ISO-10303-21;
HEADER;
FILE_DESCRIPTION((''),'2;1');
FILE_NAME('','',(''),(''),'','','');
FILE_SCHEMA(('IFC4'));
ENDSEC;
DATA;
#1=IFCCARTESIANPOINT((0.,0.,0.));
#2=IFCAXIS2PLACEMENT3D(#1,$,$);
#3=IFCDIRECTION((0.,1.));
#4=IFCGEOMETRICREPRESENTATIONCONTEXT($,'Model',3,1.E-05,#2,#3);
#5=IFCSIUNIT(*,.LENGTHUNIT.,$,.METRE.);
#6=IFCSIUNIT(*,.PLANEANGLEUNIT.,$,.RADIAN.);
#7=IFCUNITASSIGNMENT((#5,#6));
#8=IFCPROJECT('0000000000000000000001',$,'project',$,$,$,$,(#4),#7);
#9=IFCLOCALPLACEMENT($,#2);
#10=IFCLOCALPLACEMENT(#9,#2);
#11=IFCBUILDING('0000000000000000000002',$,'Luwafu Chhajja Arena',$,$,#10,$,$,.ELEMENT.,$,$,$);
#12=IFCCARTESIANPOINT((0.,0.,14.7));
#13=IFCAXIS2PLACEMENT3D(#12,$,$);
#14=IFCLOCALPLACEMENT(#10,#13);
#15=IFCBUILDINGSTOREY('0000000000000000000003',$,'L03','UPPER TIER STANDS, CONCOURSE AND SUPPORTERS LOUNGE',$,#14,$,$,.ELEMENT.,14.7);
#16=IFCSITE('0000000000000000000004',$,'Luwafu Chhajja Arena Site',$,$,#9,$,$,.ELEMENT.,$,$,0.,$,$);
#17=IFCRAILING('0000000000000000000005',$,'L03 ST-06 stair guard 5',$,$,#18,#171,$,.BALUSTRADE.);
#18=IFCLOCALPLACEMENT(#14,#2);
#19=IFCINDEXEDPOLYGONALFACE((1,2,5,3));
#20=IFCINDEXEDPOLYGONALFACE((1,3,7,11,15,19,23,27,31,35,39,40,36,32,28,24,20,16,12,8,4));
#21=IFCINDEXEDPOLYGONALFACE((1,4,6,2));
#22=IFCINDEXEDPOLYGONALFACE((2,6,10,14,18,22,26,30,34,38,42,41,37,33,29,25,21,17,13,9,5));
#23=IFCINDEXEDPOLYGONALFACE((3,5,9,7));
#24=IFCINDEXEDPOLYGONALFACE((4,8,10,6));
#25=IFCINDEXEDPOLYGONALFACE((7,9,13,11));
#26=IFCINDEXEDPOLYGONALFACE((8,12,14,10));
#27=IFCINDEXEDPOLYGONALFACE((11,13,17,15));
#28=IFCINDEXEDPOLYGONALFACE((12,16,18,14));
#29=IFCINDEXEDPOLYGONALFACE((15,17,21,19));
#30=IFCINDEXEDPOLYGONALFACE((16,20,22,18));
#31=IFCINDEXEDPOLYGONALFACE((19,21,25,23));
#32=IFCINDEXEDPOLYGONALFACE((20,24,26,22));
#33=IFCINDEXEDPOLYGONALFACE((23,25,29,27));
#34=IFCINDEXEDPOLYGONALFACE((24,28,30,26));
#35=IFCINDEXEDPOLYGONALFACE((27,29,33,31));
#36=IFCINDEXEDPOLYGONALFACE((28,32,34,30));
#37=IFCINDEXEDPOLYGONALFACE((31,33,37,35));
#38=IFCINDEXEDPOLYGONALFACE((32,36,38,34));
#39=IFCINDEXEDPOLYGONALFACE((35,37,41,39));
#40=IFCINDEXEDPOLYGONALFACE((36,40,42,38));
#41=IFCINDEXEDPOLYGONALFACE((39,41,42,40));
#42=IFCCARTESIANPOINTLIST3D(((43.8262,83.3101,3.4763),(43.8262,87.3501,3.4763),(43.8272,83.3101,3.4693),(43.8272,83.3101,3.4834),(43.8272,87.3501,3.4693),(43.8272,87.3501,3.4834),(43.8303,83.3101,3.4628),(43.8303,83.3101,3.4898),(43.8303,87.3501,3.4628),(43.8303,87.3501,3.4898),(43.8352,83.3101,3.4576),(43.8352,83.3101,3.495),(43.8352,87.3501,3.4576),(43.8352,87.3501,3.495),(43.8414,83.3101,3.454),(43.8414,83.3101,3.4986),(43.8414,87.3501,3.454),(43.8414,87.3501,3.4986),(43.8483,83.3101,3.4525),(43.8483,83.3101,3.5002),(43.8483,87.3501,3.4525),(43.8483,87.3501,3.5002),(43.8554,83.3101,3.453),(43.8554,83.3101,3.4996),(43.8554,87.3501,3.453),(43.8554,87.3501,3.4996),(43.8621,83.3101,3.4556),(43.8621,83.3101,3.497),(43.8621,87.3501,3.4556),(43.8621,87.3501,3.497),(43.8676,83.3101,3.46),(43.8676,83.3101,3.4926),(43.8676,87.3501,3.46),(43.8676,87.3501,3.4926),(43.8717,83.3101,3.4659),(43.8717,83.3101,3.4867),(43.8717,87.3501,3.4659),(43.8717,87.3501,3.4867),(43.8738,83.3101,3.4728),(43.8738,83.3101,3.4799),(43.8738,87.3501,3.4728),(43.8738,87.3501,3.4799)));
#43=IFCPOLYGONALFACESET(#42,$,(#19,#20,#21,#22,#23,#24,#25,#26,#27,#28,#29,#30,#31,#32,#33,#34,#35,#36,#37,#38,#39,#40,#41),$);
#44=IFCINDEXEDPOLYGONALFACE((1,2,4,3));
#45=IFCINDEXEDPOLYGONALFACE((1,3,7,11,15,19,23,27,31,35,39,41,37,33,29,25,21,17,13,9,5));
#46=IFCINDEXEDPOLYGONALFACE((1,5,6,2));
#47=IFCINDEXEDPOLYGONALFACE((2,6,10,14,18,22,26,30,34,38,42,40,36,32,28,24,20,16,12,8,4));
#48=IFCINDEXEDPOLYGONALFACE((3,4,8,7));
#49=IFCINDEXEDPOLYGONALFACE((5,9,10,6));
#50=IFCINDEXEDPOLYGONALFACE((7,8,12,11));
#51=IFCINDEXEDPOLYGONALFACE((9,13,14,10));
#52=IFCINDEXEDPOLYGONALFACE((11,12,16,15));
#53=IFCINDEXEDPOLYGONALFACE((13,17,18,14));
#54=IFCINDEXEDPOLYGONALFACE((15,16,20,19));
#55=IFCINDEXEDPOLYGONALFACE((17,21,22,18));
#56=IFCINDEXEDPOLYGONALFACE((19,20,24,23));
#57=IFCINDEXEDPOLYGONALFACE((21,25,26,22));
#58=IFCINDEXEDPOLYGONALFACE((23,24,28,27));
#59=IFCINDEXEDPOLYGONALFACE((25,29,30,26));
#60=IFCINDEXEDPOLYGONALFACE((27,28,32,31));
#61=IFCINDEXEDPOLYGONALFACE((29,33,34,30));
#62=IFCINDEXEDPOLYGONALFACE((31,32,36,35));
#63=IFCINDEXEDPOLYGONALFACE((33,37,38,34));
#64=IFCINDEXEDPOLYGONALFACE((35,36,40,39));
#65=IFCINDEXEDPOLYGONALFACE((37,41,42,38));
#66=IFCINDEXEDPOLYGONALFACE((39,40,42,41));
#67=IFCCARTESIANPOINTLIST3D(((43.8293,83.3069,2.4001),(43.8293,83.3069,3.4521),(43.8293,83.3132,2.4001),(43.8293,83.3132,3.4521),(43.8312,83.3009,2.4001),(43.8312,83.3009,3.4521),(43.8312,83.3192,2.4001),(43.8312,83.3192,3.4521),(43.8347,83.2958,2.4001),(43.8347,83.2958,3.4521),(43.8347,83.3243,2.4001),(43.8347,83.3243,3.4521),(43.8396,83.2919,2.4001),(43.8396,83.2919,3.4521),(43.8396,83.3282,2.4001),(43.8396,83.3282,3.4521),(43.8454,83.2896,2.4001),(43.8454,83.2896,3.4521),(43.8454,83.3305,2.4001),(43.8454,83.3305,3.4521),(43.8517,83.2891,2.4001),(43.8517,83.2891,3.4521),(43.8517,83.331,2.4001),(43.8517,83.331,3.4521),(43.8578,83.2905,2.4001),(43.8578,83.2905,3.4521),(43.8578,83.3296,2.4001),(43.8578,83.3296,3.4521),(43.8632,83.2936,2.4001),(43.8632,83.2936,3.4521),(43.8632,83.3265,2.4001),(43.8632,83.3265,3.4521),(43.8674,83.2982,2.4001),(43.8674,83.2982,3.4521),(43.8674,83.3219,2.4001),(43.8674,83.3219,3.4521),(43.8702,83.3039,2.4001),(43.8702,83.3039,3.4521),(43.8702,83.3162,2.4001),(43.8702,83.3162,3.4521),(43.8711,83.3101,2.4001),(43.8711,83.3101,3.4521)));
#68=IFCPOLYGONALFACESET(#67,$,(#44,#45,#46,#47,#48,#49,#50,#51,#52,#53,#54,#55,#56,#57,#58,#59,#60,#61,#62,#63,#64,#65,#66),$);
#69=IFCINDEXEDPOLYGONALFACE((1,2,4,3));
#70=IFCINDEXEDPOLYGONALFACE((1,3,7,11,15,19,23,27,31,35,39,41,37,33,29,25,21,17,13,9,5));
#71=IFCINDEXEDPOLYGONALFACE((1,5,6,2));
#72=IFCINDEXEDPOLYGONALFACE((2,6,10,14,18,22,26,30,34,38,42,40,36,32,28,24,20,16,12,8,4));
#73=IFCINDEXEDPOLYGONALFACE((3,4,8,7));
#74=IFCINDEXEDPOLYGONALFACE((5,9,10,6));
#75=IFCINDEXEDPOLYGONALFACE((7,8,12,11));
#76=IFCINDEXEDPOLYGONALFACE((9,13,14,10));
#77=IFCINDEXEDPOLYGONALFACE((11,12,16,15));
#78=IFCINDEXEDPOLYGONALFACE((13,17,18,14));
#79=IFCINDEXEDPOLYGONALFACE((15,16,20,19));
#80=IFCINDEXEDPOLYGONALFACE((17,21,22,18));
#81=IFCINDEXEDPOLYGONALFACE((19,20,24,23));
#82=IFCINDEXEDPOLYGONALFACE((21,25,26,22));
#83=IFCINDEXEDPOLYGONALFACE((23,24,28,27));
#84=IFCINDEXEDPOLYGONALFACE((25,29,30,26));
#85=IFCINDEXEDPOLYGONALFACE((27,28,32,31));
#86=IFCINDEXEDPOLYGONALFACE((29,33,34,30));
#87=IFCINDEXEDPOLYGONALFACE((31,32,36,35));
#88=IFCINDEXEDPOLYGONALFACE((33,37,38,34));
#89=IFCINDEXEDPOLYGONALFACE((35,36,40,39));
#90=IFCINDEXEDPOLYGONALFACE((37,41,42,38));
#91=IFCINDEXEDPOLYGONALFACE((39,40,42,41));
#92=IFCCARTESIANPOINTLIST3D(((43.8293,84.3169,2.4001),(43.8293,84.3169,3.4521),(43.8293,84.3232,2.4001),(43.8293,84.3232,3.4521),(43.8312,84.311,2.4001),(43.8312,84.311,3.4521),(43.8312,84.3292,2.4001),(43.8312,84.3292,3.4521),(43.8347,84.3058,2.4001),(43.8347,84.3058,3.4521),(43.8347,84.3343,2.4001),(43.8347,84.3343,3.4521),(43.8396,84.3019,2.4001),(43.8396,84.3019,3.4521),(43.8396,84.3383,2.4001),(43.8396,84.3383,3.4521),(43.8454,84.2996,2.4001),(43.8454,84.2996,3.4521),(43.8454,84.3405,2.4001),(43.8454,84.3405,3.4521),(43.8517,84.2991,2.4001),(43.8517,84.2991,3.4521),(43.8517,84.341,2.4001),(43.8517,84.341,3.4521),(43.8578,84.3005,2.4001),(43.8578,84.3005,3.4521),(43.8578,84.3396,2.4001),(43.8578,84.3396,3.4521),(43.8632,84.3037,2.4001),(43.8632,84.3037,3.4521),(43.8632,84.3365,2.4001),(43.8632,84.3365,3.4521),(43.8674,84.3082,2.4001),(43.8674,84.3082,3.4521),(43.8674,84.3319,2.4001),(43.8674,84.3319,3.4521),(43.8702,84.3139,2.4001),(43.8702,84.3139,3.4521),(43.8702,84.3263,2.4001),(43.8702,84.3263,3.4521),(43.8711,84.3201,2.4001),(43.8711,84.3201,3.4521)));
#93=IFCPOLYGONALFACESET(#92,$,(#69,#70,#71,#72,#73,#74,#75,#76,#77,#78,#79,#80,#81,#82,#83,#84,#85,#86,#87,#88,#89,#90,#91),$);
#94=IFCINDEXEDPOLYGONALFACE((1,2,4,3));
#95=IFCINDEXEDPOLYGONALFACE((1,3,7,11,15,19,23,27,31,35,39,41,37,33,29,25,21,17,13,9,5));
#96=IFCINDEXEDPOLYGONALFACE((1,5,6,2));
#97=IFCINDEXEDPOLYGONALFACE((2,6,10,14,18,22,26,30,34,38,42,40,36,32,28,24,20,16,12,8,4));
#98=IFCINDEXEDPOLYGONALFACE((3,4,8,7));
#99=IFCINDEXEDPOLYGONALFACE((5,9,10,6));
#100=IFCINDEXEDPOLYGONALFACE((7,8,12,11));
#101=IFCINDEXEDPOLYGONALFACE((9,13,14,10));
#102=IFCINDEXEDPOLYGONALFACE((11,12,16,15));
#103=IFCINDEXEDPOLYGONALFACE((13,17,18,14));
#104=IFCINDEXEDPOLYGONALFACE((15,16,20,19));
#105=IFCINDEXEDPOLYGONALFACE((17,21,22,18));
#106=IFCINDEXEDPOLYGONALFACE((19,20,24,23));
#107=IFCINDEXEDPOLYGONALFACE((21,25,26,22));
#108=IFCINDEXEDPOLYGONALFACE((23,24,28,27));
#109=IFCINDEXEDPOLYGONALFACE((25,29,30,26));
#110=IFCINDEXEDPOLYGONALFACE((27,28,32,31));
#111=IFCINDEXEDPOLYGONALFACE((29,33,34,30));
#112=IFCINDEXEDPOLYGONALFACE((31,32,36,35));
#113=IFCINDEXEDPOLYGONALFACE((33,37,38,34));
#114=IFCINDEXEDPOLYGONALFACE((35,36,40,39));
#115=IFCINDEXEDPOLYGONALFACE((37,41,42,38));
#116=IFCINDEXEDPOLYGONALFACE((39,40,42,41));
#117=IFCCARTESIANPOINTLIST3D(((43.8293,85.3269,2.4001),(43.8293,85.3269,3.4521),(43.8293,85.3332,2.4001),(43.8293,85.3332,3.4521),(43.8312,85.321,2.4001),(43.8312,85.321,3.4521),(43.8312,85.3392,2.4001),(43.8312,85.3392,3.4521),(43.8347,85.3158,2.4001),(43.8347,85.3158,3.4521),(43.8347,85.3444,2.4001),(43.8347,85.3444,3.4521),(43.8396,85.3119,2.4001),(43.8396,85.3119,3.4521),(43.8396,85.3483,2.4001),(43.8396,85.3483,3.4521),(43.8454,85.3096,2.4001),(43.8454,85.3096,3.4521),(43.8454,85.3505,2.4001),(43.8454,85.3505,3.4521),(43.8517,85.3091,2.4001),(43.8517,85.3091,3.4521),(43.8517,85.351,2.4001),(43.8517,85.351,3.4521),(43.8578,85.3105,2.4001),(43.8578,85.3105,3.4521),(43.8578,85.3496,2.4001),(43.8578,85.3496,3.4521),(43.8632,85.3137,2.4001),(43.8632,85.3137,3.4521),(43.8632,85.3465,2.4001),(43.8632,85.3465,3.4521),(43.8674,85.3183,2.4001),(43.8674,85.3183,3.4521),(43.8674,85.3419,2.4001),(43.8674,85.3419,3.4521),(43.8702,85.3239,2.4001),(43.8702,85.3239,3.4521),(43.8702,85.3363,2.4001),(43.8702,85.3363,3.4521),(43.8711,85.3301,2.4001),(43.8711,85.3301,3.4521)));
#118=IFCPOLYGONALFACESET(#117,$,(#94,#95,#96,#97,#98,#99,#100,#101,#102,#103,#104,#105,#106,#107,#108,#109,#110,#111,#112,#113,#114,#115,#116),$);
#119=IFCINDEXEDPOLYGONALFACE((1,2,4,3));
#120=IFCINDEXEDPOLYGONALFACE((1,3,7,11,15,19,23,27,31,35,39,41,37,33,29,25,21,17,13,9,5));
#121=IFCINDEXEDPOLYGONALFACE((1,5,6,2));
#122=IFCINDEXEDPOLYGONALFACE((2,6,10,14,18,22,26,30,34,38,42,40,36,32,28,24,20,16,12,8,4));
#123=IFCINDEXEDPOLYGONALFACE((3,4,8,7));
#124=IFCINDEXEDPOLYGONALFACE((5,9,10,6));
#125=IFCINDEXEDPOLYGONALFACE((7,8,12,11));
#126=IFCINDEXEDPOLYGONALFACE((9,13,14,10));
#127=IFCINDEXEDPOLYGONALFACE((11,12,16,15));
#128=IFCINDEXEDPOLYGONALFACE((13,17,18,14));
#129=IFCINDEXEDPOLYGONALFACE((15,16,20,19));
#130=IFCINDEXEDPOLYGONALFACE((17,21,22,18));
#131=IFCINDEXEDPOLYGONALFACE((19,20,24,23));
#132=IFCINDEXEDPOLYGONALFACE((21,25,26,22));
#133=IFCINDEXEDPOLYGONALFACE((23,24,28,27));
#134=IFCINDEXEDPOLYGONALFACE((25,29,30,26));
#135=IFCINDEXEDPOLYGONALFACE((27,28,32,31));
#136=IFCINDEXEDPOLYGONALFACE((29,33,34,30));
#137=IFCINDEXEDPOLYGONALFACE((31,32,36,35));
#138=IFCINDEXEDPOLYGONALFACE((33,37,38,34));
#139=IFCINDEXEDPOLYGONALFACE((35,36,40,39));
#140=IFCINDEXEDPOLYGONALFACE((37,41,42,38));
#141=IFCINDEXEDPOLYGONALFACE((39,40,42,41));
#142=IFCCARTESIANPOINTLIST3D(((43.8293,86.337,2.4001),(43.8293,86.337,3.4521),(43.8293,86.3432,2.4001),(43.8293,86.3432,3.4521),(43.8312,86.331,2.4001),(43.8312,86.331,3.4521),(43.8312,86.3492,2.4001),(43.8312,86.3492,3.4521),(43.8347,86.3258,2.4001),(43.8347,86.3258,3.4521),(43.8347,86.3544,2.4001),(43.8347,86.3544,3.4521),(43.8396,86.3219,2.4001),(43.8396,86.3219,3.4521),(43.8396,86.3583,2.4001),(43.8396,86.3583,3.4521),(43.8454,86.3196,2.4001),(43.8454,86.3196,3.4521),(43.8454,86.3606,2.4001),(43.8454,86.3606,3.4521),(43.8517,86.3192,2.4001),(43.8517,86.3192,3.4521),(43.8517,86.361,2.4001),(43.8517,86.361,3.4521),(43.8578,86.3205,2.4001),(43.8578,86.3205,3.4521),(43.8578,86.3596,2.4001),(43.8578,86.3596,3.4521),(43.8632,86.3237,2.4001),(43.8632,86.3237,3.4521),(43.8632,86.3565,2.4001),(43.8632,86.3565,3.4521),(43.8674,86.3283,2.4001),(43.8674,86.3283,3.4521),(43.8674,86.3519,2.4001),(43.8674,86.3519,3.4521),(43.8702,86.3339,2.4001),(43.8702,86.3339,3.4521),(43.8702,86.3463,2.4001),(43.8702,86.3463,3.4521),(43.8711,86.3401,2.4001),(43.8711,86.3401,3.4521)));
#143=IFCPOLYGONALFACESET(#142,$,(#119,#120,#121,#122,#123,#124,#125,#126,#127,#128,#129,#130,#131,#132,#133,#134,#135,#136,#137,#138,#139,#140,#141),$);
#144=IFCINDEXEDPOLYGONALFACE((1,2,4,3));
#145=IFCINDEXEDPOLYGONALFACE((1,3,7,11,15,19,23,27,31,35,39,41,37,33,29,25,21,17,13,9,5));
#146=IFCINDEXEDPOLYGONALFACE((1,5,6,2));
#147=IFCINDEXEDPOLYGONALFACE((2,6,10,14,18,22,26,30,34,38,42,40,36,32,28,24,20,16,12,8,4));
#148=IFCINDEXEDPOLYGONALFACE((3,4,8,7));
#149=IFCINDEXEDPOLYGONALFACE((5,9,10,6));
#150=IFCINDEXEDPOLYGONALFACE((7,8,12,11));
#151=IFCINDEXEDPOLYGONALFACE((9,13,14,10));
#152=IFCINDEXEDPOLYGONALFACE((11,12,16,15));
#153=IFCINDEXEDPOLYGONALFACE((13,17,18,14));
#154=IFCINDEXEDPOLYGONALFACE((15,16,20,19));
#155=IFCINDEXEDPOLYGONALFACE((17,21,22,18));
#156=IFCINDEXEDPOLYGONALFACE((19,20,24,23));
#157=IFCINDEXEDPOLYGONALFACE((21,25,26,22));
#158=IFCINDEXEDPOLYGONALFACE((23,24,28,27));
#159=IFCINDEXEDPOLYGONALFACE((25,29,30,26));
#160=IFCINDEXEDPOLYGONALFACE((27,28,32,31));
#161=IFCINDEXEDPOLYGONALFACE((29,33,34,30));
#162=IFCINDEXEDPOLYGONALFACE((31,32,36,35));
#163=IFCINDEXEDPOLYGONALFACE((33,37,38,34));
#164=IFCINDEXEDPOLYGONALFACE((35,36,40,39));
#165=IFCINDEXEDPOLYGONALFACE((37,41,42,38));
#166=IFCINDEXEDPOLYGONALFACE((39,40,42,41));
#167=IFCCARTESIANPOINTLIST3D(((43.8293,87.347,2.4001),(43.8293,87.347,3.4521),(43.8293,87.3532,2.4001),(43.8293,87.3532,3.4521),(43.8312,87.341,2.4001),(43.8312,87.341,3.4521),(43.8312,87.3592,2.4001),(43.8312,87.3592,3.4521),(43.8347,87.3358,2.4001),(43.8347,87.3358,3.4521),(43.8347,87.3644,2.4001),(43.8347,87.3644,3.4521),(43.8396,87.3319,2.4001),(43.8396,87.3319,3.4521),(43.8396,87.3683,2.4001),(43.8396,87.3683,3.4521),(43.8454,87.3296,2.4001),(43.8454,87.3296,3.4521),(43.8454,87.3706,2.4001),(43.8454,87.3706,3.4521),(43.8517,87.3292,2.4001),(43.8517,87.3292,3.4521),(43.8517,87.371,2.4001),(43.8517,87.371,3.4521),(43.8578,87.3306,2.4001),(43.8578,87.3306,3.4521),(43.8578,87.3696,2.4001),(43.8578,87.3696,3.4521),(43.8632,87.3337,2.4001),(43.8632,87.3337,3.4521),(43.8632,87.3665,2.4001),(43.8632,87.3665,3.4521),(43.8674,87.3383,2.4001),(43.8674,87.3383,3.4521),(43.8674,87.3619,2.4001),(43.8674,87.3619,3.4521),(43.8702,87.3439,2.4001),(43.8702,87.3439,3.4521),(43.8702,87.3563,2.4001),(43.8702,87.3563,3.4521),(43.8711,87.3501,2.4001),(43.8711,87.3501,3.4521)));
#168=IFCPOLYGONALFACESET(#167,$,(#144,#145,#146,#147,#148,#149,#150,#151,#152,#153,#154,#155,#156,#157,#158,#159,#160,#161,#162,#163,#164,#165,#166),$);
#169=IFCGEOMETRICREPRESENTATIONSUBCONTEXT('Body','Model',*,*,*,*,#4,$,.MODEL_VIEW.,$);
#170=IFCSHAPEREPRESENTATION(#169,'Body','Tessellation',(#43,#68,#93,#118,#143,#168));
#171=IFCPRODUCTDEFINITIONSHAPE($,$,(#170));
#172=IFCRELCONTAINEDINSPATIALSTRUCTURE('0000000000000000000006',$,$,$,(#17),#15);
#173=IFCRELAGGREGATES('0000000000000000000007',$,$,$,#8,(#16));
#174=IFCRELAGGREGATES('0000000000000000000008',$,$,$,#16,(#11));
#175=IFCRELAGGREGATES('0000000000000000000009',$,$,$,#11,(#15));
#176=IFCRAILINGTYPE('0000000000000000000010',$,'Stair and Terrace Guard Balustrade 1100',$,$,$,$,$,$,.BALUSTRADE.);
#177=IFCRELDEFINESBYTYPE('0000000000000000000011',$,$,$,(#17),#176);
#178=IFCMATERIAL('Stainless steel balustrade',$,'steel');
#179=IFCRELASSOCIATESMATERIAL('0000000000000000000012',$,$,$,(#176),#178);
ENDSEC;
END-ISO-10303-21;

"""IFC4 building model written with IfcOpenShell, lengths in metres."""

from ifc_helpers import new_model, si_unit, direction, frame, origin, origin_2d, place, context, subcontext, project, spatial, circle, extrude, material, type_object, element, save


model = new_model("IFC4")

# Units and contexts
model_context = context("Model", 3, precision=1e-05, world=origin(), true_north=direction((0.0, 1.0)))
body_context = subcontext(model_context, "Body", "Model", "MODEL_VIEW")
ifc_project = project(units=[si_unit("LENGTHUNIT", "METRE"), si_unit("PLANEANGLEUNIT", "RADIAN")], contexts=[model_context])

# Site, building, storey
site_placement = place(None, origin())
site = spatial("IfcSite", under=ifc_project, at=site_placement, Name="Luwafu Chhajja Arena Site", CompositionType="ELEMENT", RefElevation=0.0)
building_placement = place(site_placement, origin())
building = spatial("IfcBuilding", under=site, at=building_placement, Name="Luwafu Chhajja Arena", CompositionType="ELEMENT")
storey_placement = place(building_placement, frame((0.0, 0.0, 14.7)))
storey = spatial("IfcBuildingStorey", under=building, at=storey_placement, Name="L03", Description="UPPER TIER STANDS, CONCOURSE AND SUPPORTERS LOUNGE", CompositionType="ELEMENT", Elevation=14.7)

# Railing
ifc_material_1 = material(Name="Stainless steel balustrade", Category="steel")
railing_type_1 = type_object("IfcRailingType", Name="Stair and Terrace Guard Balustrade 1100", PredefinedType="BALUSTRADE", material=ifc_material_1)
railing_1_placement = place(storey_placement, frame((43.8501, 83.3101, 2.4001)))
element("IfcRailing", 1, at=railing_1_placement, inside=storey, type_object=railing_type_1, Name="L03 ST-06 stair guard 5", PredefinedType="BALUSTRADE", context=body_context, shape_type="SweptSolid", body=[
    extrude(circle(Radius=0.0239, at=origin_2d()), frame((0.0, 0.0, 1.0762), z_axis=(0.0, 1.0, 0.0), x_axis=(-1.0, 0.0, 0.0)), (0.0, 0.0, 1.0), 4.04),
    extrude(circle(Radius=0.021, at=origin_2d()), origin(), (0.0, 0.0, 1.0), 1.052),
    extrude(circle(Radius=0.021, at=origin_2d()), frame((0.0, 1.01, 0.0)), (0.0, 0.0, 1.0), 1.052),
    extrude(circle(Radius=0.021, at=origin_2d()), frame((0.0, 2.02, 0.0)), (0.0, 0.0, 1.0), 1.052),
    extrude(circle(Radius=0.021, at=origin_2d()), frame((0.0, 3.03, 0.0)), (0.0, 0.0, 1.0), 1.052),
    extrude(circle(Radius=0.021, at=origin_2d()), frame((0.0, 4.04, 0.0)), (0.0, 0.0, 1.0), 1.052),
])

save(model, "model.ifc")
